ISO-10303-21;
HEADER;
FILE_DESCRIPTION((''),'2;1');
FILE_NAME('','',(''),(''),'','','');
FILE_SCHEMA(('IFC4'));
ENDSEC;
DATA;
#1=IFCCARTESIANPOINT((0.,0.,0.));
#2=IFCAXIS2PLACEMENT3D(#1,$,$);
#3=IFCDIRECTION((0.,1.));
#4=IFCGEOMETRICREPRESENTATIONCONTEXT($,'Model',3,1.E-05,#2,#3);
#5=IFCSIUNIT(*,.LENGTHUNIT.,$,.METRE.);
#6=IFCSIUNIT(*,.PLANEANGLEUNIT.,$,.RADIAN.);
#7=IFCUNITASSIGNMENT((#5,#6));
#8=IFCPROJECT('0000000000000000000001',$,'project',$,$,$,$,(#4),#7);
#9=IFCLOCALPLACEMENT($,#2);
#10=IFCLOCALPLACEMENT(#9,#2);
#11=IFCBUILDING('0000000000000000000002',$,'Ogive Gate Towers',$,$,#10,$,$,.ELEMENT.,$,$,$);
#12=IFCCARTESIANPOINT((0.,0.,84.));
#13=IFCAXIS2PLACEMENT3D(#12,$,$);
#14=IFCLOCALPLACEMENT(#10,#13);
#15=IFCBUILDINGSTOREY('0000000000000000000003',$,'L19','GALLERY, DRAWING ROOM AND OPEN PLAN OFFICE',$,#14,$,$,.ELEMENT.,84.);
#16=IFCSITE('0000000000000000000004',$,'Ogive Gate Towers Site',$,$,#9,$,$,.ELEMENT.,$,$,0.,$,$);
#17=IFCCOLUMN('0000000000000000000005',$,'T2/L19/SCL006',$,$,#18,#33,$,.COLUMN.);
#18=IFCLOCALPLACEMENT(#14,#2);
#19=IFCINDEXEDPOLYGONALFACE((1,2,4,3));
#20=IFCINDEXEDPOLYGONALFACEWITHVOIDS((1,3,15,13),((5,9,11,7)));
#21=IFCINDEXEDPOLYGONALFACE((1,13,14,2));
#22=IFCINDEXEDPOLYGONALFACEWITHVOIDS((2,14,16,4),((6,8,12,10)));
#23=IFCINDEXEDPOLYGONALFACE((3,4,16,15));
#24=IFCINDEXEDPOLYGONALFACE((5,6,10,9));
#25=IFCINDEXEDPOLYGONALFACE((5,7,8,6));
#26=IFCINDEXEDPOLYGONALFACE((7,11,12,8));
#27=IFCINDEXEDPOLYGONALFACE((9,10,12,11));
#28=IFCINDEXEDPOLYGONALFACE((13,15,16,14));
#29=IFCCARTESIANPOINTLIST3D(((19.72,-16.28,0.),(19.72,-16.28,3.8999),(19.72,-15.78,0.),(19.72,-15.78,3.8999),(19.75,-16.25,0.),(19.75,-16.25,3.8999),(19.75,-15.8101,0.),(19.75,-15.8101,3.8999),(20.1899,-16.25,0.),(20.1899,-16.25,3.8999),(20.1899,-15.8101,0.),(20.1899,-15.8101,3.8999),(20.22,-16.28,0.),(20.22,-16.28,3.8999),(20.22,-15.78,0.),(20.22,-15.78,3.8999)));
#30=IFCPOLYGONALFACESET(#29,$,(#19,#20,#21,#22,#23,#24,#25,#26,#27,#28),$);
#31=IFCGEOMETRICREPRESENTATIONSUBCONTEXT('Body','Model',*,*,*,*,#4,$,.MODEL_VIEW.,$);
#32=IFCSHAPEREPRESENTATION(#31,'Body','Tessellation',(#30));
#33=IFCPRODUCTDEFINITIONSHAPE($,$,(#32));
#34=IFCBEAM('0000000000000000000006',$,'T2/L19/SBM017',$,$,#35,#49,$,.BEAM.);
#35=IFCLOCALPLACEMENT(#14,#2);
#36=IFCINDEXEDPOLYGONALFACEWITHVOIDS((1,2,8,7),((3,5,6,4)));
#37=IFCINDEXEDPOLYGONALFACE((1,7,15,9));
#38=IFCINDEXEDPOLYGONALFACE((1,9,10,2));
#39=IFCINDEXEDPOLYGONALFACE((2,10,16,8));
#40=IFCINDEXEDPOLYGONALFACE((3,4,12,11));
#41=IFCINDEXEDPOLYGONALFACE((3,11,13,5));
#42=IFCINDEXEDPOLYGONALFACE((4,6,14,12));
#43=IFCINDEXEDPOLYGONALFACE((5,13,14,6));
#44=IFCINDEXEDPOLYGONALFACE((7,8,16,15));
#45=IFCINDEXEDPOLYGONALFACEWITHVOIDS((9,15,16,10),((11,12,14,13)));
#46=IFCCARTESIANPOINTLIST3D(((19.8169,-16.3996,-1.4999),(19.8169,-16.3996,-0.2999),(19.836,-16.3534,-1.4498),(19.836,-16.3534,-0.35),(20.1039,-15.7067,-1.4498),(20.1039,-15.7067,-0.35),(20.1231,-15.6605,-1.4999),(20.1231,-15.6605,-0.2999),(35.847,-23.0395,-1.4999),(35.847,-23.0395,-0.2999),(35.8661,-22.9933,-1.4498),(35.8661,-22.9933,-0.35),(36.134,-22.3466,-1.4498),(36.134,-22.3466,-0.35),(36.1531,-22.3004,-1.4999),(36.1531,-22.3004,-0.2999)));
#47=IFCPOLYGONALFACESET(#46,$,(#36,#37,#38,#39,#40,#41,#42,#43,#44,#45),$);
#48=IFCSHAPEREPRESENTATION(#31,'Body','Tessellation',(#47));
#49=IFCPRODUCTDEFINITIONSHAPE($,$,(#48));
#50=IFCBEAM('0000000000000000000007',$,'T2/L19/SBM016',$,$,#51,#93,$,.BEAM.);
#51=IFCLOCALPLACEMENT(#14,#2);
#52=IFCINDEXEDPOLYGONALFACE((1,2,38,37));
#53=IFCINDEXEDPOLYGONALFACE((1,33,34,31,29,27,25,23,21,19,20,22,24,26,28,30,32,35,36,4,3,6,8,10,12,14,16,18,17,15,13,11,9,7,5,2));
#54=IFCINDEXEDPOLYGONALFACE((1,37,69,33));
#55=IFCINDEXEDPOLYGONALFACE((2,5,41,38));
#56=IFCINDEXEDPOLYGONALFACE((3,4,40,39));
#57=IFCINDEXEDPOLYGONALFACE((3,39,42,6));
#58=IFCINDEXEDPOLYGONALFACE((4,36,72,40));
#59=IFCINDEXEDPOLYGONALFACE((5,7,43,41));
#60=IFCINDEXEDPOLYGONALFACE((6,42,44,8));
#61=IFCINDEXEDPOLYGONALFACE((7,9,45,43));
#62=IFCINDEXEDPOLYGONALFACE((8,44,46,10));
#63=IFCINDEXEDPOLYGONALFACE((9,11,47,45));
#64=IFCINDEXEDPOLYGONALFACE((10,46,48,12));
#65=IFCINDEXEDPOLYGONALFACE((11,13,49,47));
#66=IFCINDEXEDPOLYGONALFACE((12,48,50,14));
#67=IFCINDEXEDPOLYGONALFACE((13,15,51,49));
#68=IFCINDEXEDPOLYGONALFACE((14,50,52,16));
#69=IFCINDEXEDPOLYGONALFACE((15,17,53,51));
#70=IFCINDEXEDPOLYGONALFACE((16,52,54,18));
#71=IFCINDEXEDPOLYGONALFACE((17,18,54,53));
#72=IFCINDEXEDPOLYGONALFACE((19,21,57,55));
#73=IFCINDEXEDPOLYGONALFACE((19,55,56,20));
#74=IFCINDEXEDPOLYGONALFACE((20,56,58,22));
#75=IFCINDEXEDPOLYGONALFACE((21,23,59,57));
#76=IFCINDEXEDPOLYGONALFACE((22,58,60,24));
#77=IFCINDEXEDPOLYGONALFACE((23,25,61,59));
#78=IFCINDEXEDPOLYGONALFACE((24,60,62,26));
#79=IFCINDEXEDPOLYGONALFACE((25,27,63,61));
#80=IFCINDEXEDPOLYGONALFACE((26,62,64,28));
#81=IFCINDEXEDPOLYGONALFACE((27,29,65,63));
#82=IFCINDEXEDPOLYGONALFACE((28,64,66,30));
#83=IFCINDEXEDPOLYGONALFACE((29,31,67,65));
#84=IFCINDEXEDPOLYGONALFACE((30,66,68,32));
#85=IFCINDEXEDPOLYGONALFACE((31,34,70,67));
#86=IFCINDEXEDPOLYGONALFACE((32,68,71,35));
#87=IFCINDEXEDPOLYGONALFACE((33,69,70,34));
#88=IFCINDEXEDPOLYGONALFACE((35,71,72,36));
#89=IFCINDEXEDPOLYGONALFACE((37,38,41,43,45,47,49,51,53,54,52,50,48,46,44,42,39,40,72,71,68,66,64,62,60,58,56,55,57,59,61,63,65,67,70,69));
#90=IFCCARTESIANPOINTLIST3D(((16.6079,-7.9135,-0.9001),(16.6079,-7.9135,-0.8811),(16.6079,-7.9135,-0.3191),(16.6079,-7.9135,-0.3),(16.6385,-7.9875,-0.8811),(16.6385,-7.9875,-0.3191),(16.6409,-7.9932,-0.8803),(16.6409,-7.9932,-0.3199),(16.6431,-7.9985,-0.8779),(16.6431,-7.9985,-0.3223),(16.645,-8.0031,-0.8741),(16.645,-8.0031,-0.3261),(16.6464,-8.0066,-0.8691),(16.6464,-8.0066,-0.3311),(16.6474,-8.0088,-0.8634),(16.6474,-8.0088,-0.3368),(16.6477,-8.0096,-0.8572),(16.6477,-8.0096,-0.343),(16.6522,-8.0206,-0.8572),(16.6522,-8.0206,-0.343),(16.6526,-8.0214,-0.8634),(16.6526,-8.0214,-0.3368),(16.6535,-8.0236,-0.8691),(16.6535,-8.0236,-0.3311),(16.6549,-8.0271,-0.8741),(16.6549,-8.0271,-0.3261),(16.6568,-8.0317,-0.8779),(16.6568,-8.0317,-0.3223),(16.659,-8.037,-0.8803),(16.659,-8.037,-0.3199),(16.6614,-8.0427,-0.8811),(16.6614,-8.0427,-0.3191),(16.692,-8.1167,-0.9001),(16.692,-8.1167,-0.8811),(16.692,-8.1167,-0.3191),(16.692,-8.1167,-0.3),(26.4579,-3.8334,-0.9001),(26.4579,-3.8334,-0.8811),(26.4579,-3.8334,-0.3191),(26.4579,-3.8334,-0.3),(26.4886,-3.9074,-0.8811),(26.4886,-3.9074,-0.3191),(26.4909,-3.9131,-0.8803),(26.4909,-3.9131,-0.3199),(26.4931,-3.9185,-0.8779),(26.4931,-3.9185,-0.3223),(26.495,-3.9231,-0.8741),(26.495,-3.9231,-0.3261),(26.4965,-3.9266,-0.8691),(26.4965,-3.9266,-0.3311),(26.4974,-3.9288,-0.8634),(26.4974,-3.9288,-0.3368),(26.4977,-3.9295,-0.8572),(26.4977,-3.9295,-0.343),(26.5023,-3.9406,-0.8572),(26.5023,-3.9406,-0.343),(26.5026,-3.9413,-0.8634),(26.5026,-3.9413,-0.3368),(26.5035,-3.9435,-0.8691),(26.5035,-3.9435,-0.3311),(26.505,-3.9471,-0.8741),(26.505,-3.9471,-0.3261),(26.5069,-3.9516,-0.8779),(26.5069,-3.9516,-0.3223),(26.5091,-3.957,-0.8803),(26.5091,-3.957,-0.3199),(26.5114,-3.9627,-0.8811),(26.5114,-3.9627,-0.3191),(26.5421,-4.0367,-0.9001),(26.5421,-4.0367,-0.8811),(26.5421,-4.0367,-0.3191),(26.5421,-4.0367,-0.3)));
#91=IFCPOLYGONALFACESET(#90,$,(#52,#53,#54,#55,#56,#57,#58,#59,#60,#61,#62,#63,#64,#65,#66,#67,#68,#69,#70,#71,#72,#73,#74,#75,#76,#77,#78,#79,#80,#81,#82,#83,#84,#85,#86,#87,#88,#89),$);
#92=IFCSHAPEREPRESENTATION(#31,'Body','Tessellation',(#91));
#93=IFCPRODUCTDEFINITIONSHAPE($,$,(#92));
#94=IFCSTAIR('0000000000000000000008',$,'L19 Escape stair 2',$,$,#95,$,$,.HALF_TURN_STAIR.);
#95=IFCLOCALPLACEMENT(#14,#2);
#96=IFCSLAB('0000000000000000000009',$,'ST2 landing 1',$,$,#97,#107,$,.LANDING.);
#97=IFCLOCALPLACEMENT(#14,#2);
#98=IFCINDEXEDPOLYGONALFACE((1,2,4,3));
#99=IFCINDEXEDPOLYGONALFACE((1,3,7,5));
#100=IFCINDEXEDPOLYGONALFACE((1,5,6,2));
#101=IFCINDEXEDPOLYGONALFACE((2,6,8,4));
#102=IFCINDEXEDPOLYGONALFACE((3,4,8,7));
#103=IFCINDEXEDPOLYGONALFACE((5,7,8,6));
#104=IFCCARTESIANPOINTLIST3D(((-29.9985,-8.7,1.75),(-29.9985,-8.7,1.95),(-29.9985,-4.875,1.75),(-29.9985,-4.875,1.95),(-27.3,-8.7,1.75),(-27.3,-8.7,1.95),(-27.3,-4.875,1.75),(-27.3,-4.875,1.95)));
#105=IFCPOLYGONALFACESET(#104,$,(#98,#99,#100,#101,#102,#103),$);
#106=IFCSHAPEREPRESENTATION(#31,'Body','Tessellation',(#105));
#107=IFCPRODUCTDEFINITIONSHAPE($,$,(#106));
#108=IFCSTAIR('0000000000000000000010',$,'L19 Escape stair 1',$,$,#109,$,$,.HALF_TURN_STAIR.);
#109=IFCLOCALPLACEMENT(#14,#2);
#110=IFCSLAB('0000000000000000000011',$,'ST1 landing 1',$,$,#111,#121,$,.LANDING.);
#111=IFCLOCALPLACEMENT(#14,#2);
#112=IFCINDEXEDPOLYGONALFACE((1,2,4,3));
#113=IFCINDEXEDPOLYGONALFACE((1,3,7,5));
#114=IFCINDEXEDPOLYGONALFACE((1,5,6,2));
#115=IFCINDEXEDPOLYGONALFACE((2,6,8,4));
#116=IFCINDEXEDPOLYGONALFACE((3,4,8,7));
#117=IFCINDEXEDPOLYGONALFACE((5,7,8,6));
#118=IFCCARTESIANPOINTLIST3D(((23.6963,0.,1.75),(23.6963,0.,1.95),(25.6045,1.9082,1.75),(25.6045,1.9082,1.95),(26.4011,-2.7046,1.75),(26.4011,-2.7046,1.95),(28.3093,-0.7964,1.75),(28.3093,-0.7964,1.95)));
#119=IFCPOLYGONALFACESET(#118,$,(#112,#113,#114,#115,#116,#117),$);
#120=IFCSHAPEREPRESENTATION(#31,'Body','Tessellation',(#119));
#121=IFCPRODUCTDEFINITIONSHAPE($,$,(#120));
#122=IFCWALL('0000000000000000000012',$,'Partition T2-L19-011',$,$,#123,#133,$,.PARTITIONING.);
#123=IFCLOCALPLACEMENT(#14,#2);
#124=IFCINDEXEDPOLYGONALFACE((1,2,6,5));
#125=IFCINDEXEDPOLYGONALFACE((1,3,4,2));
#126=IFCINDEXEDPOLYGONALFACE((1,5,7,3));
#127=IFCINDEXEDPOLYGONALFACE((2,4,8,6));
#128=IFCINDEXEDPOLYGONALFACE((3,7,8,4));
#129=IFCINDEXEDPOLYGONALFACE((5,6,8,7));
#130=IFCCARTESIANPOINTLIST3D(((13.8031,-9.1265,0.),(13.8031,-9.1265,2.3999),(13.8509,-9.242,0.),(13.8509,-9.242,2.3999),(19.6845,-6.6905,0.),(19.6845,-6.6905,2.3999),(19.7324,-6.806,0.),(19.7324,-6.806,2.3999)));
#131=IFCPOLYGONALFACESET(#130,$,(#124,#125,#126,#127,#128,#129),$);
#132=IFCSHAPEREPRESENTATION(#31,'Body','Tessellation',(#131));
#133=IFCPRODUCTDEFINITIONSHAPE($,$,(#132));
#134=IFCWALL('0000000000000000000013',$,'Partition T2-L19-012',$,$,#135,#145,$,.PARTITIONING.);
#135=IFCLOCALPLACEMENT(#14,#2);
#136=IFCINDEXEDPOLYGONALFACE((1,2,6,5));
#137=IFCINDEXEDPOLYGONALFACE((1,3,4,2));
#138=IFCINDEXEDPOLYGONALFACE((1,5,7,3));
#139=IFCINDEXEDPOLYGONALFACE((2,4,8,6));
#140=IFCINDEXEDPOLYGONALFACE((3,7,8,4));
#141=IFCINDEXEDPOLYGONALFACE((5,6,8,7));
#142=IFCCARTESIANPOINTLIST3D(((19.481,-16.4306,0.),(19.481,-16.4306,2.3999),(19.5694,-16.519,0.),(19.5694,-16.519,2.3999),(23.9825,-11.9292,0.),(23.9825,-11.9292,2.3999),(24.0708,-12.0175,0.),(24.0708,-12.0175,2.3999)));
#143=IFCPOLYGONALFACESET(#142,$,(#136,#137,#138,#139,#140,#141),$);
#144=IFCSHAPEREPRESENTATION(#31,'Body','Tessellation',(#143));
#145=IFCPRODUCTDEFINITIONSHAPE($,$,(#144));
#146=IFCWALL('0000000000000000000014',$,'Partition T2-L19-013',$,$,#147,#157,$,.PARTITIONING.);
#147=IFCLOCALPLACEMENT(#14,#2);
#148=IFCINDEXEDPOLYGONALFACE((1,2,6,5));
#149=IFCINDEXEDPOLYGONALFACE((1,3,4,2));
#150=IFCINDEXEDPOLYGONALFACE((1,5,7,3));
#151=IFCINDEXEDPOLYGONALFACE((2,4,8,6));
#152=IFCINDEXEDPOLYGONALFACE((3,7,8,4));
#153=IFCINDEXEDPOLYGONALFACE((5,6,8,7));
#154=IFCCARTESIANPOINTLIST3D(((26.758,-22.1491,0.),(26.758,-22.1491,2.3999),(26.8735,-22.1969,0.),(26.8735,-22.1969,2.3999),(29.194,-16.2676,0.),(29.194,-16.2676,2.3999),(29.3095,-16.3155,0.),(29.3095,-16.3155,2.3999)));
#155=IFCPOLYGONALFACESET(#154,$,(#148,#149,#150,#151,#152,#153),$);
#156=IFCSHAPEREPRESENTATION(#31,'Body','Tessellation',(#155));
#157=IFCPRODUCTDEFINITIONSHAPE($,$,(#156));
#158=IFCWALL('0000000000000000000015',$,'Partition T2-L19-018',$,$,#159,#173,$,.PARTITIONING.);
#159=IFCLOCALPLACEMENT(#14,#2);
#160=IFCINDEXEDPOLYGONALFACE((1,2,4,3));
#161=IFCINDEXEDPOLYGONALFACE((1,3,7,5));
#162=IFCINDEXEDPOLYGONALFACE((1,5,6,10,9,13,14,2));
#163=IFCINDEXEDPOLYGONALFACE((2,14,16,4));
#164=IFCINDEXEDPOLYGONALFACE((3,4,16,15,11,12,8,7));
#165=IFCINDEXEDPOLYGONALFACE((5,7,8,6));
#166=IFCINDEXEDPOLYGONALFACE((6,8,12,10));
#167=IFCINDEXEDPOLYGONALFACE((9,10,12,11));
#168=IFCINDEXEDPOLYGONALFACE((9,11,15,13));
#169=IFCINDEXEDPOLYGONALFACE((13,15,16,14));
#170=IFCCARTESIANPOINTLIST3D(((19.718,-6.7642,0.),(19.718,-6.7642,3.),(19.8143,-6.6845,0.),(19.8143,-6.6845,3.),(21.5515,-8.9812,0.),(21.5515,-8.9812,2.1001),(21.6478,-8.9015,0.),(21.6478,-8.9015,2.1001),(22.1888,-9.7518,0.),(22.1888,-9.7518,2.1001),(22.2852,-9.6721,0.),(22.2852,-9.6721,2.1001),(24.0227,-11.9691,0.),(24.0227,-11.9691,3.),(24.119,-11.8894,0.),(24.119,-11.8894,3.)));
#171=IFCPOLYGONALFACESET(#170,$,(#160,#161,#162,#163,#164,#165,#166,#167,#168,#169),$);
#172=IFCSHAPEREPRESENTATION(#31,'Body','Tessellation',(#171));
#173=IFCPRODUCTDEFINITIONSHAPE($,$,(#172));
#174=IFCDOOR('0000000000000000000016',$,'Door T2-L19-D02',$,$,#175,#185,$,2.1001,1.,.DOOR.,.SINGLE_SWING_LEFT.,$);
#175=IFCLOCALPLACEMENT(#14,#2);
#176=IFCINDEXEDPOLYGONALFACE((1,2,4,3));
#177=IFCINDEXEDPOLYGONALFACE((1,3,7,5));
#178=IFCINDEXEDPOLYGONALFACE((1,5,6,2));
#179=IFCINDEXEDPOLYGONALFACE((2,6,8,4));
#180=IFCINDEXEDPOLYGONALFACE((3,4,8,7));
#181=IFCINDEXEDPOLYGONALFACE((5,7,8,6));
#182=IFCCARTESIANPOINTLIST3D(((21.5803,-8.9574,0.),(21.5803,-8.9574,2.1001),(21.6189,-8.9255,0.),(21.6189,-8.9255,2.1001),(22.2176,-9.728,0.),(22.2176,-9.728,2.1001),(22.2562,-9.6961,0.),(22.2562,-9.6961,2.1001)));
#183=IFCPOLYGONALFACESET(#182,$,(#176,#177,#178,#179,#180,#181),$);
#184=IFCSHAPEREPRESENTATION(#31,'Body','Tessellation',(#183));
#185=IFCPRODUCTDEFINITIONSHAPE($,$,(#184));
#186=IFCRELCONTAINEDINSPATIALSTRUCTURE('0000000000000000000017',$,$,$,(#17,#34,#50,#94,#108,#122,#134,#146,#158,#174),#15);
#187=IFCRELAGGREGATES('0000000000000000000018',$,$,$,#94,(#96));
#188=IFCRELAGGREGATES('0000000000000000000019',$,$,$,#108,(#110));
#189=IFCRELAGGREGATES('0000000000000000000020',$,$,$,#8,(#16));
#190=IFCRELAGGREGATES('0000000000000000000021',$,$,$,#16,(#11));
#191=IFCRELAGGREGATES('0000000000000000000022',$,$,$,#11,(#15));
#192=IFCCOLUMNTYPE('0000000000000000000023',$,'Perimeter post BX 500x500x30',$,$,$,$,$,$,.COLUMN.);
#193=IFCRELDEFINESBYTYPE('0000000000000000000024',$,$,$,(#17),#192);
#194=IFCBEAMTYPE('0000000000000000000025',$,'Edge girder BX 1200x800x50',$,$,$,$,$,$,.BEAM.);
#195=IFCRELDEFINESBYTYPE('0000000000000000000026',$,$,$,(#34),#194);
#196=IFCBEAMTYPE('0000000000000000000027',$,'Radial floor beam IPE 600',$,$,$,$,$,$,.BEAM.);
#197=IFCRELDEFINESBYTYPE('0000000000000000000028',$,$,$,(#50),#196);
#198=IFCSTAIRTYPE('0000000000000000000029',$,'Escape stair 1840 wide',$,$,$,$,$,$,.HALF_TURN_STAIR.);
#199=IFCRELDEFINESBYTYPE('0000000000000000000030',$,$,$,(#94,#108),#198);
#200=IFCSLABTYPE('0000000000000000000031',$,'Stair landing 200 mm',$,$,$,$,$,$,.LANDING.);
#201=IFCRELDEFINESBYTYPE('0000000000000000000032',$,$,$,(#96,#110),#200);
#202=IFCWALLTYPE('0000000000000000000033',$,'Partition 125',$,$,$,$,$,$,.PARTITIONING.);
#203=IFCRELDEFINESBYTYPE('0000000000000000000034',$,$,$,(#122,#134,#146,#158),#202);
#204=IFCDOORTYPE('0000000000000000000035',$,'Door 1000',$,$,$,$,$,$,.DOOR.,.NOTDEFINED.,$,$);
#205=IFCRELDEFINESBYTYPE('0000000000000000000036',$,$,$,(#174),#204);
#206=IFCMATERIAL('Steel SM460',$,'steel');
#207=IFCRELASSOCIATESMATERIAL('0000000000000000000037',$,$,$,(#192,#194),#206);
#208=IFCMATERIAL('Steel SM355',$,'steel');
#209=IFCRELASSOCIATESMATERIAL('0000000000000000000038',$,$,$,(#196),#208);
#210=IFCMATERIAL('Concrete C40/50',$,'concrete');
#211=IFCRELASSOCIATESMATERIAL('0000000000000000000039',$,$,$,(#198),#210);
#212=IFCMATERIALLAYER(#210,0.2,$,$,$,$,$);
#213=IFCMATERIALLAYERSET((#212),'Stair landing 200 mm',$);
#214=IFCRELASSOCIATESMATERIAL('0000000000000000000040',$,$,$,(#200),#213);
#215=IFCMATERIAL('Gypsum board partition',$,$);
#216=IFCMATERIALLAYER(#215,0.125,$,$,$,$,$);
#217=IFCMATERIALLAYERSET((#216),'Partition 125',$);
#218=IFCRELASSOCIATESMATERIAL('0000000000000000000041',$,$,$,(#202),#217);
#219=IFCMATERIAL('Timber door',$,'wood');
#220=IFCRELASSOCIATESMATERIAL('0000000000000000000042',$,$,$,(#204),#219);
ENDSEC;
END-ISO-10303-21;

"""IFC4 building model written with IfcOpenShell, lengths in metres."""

from ifc_helpers import new_model, si_unit, direction, frame, frame_2d, origin, origin_2d, place, context, subcontext, project, spatial, polyline, rectangle, hollow_rectangle, i_section, outline, extrude, material, layer, layer_set, material_profile, profile_set, type_object, element, fill, aggregate, save


model = new_model("IFC4")

# Units and contexts
model_context = context("Model", 3, precision=1e-05, world=origin(), true_north=direction((0.0, 1.0)))
body_context = subcontext(model_context, "Body", "Model", "MODEL_VIEW")
ifc_project = project(units=[si_unit("LENGTHUNIT", "METRE"), si_unit("PLANEANGLEUNIT", "RADIAN")], contexts=[model_context])

# Site, building, storey
site_placement = place(None, origin())
site = spatial("IfcSite", under=ifc_project, at=site_placement, Name="Ogive Gate Towers Site", CompositionType="ELEMENT", RefElevation=0.0)
building_placement = place(site_placement, origin())
building = spatial("IfcBuilding", under=site, at=building_placement, Name="Ogive Gate Towers", CompositionType="ELEMENT")
storey_placement = place(building_placement, frame((0.0, 0.0, 84.0)))
storey = spatial("IfcBuildingStorey", under=building, at=storey_placement, Name="L19", Description="GALLERY, DRAWING ROOM AND OPEN PLAN OFFICE", CompositionType="ELEMENT", Elevation=84.0)

# Column
ifc_material_1 = material(Name="Steel SM460", Category="steel")
ifc_material_profile_1 = material_profile(ifc_material_1, hollow_rectangle(XDim=0.5, YDim=0.5, WallThickness=0.03, at=origin_2d()), Name="BX 500x500x30")
ifc_profile_set_1 = profile_set([ifc_material_profile_1], Name="Steel SM460")
column_type = type_object("IfcColumnType", Name="Perimeter post BX 500x500x30", PredefinedType="COLUMN", material=ifc_profile_set_1)
column_placement = place(storey_placement, frame((19.97, -16.03, 0.0), z_axis=(0.0, 0.0, 1.0), x_axis=(1.0, 0.0, 0.0)))
element("IfcColumn", 1, at=column_placement, inside=storey, type_object=column_type, Name="T2/L19/SCL006", PredefinedType="COLUMN", context=body_context, shape_type="SweptSolid", body=[
    extrude(hollow_rectangle(XDim=0.5, YDim=0.5, WallThickness=0.03, at=origin_2d()), origin(), (0.0, 0.0, 1.0), 3.8999),
])

# Beams
ifc_material_profile_2 = material_profile(ifc_material_1, hollow_rectangle(XDim=0.8, YDim=1.2, WallThickness=0.05, at=origin_2d()), Name="BX 1200x800x50")
ifc_profile_set_2 = profile_set([ifc_material_profile_2], Name="Steel SM460")
beam_type_1 = type_object("IfcBeamType", Name="Edge girder BX 1200x800x50", PredefinedType="BEAM", material=ifc_profile_set_2)
beam_1_placement = place(storey_placement, frame((19.97, -16.03, -0.8999), z_axis=(0.923879, -0.382685, 0.0), x_axis=(0.382685, 0.923879, 0.0)))
element("IfcBeam", 2, at=beam_1_placement, inside=storey, type_object=beam_type_1, Name="T2/L19/SBM017", PredefinedType="BEAM", context=body_context, shape_type="SweptSolid", body=[
    extrude(hollow_rectangle(XDim=0.8, YDim=1.2, WallThickness=0.05, at=origin_2d()), origin(), (0.0, 0.0, 1.0), 17.3508),
])
ifc_material_2 = material(Name="Steel SM355", Category="steel")
ifc_material_profile_3 = material_profile(ifc_material_2, i_section(OverallWidth=0.22, OverallDepth=0.6001, WebThickness=0.012, FlangeThickness=0.019, FilletRadius=0.0239, at=origin_2d()), Name="IPE 600")
ifc_profile_set_3 = profile_set([ifc_material_profile_3], Name="Steel SM355")
beam_type_2 = type_object("IfcBeamType", Name="Radial floor beam IPE 600", PredefinedType="BEAM", material=ifc_profile_set_3)
beam_2_placement = place(storey_placement, frame((26.5, -3.9351, -0.6001), z_axis=(-0.923878, -0.382686, 0.0), x_axis=(0.382686, -0.923878, 0.0)))
element("IfcBeam", 3, at=beam_2_placement, inside=storey, type_object=beam_type_2, Name="T2/L19/SBM016", PredefinedType="BEAM", context=body_context, shape_type="SweptSolid", body=[
    extrude(i_section(OverallWidth=0.22, OverallDepth=0.6001, WebThickness=0.012, FlangeThickness=0.019, FilletRadius=0.0239, at=origin_2d()), origin(), (0.0, 0.0, 1.0), 10.6616),
])

# Stairs, slabs
ifc_material_3 = material(Name="Concrete C40/50", Category="concrete")
stair_type = type_object("IfcStairType", Name="Escape stair 1840 wide", PredefinedType="HALF_TURN_STAIR", material=ifc_material_3)
stair_1_placement = place(storey_placement, origin())
stair_1 = element("IfcStair", 4, at=stair_1_placement, inside=storey, type_object=stair_type, Name="L19 Escape stair 2", PredefinedType="HALF_TURN_STAIR")
ifc_layer_1 = layer(ifc_material_3, 0.2)
ifc_layer_set_1 = layer_set([ifc_layer_1], Name="Stair landing 200 mm")
slab_type = type_object("IfcSlabType", Name="Stair landing 200 mm", PredefinedType="LANDING", material=ifc_layer_set_1)
slab_1_placement = place(storey_placement, frame((0.0, 0.0, 1.75)))
slab_1 = element("IfcSlab", 5, at=slab_1_placement, type_object=slab_type, Name="ST2 landing 1", PredefinedType="LANDING", context=body_context, shape_type="SweptSolid", body=[
    extrude(outline(polyline([(-29.9985, -8.7), (-27.3, -8.7), (-27.3, -4.875), (-29.9985, -4.875), (-29.9985, -8.7)])), origin(), (0.0, 0.0, 1.0), 0.2),
])
aggregate(stair_1, [slab_1])
stair_2_placement = place(storey_placement, origin())
stair_2 = element("IfcStair", 6, at=stair_2_placement, inside=storey, type_object=stair_type, Name="L19 Escape stair 1", PredefinedType="HALF_TURN_STAIR")
slab_2_placement = place(storey_placement, frame((0.0, 0.0, 1.75)))
slab_2 = element("IfcSlab", 7, at=slab_2_placement, type_object=slab_type, Name="ST1 landing 1", PredefinedType="LANDING", context=body_context, shape_type="SweptSolid", body=[
    extrude(outline(polyline([(25.6045, 1.9082), (23.6963, 0.0), (26.4011, -2.7046), (28.3093, -0.7964), (25.6045, 1.9082)])), origin(), (0.0, 0.0, 1.0), 0.2),
])
aggregate(stair_2, [slab_2])

# Walls
ifc_material_4 = material(Name="Gypsum board partition")
ifc_layer_2 = layer(ifc_material_4, 0.125)
ifc_layer_set_2 = layer_set([ifc_layer_2], Name="Partition 125")
wall_type_1 = type_object("IfcWallType", Name="Partition 125", PredefinedType="PARTITIONING", material=ifc_layer_set_2)
for number, where, z_axis, x_axis, name in (
    (8, (13.8269, -9.1843, 0.0), (0.0, 0.0, 1.0), (0.923885, 0.38267, 0.0), "Partition T2-L19-011"),
    (9, (19.5251, -16.4749, 0.0), (0.0, 0.0, 1.0), (0.707107, 0.707107, 0.0), "Partition T2-L19-012"),
    (10, (26.8157, -22.1731, 0.0), (0.0, 0.0, 1.0), (0.38267, 0.923885, 0.0), "Partition T2-L19-013"),
):
    element("IfcWall", number, at=place(storey_placement, frame(where, z_axis=z_axis, x_axis=x_axis)), inside=storey, type_object=wall_type_1, Name=name, PredefinedType="PARTITIONING", context=body_context, shape_type="SweptSolid", body=[
        extrude(rectangle(XDim=6.366, YDim=0.125, at=frame_2d((3.1831, 0.0))), origin(), (0.0, 0.0, 1.0), 2.3999),
    ])

# Wall, opening, door
wall_1_placement = place(storey_placement, frame((19.7661, -6.7244, 0.0), z_axis=(0.0, 0.0, 1.0), x_axis=(0.637325, -0.770595, 0.0)))
wall_1 = element("IfcWall", 11, at=wall_1_placement, inside=storey, type_object=wall_type_1, Name="Partition T2-L19-018", PredefinedType="PARTITIONING", context=body_context, shape_type="SweptSolid", body=[
    extrude(rectangle(XDim=6.7544, YDim=0.125, at=frame_2d((3.3772, 0.0))), origin(), (0.0, 0.0, 1.0), 3.0),
])
opening_1_placement = place(wall_1_placement, frame((2.877, 0.0, 0.0)))
opening_1 = element("IfcOpeningElement", 12, at=opening_1_placement, cuts=wall_1, PredefinedType="OPENING", context=body_context, shape_type="SweptSolid", body=[
    extrude(rectangle(XDim=1.0, YDim=2.1001, at=frame_2d((0.5, 1.05))), frame((0.0, 0.0725, 0.0), z_axis=(0.0, -1.0, 0.0), x_axis=(1.0, 0.0, 0.0)), (0.0, 0.0, 1.0), 0.145),
])
ifc_material_5 = material(Name="Timber door", Category="wood")
door_type = type_object("IfcDoorType", Name="Door 1000", OperationType="NOTDEFINED", PredefinedType="DOOR", material=ifc_material_5)
door_1_placement = place(opening_1_placement, origin())
door_1 = element("IfcDoor", 13, at=door_1_placement, inside=storey, type_object=door_type, Name="Door T2-L19-D02", OperationType="SINGLE_SWING_LEFT", OverallHeight=2.1001, OverallWidth=1.0, PredefinedType="DOOR", context=body_context, shape_type="SweptSolid", body=[
    extrude(rectangle(XDim=1.0, YDim=2.1001, at=frame_2d((0.5, 1.05))), frame((0.0, 0.0249, 0.0), z_axis=(0.0, -1.0, 0.0), x_axis=(1.0, 0.0, 0.0)), (0.0, 0.0, 1.0), 0.05),
])
fill(opening_1, door_1)

save(model, "model.ifc")
